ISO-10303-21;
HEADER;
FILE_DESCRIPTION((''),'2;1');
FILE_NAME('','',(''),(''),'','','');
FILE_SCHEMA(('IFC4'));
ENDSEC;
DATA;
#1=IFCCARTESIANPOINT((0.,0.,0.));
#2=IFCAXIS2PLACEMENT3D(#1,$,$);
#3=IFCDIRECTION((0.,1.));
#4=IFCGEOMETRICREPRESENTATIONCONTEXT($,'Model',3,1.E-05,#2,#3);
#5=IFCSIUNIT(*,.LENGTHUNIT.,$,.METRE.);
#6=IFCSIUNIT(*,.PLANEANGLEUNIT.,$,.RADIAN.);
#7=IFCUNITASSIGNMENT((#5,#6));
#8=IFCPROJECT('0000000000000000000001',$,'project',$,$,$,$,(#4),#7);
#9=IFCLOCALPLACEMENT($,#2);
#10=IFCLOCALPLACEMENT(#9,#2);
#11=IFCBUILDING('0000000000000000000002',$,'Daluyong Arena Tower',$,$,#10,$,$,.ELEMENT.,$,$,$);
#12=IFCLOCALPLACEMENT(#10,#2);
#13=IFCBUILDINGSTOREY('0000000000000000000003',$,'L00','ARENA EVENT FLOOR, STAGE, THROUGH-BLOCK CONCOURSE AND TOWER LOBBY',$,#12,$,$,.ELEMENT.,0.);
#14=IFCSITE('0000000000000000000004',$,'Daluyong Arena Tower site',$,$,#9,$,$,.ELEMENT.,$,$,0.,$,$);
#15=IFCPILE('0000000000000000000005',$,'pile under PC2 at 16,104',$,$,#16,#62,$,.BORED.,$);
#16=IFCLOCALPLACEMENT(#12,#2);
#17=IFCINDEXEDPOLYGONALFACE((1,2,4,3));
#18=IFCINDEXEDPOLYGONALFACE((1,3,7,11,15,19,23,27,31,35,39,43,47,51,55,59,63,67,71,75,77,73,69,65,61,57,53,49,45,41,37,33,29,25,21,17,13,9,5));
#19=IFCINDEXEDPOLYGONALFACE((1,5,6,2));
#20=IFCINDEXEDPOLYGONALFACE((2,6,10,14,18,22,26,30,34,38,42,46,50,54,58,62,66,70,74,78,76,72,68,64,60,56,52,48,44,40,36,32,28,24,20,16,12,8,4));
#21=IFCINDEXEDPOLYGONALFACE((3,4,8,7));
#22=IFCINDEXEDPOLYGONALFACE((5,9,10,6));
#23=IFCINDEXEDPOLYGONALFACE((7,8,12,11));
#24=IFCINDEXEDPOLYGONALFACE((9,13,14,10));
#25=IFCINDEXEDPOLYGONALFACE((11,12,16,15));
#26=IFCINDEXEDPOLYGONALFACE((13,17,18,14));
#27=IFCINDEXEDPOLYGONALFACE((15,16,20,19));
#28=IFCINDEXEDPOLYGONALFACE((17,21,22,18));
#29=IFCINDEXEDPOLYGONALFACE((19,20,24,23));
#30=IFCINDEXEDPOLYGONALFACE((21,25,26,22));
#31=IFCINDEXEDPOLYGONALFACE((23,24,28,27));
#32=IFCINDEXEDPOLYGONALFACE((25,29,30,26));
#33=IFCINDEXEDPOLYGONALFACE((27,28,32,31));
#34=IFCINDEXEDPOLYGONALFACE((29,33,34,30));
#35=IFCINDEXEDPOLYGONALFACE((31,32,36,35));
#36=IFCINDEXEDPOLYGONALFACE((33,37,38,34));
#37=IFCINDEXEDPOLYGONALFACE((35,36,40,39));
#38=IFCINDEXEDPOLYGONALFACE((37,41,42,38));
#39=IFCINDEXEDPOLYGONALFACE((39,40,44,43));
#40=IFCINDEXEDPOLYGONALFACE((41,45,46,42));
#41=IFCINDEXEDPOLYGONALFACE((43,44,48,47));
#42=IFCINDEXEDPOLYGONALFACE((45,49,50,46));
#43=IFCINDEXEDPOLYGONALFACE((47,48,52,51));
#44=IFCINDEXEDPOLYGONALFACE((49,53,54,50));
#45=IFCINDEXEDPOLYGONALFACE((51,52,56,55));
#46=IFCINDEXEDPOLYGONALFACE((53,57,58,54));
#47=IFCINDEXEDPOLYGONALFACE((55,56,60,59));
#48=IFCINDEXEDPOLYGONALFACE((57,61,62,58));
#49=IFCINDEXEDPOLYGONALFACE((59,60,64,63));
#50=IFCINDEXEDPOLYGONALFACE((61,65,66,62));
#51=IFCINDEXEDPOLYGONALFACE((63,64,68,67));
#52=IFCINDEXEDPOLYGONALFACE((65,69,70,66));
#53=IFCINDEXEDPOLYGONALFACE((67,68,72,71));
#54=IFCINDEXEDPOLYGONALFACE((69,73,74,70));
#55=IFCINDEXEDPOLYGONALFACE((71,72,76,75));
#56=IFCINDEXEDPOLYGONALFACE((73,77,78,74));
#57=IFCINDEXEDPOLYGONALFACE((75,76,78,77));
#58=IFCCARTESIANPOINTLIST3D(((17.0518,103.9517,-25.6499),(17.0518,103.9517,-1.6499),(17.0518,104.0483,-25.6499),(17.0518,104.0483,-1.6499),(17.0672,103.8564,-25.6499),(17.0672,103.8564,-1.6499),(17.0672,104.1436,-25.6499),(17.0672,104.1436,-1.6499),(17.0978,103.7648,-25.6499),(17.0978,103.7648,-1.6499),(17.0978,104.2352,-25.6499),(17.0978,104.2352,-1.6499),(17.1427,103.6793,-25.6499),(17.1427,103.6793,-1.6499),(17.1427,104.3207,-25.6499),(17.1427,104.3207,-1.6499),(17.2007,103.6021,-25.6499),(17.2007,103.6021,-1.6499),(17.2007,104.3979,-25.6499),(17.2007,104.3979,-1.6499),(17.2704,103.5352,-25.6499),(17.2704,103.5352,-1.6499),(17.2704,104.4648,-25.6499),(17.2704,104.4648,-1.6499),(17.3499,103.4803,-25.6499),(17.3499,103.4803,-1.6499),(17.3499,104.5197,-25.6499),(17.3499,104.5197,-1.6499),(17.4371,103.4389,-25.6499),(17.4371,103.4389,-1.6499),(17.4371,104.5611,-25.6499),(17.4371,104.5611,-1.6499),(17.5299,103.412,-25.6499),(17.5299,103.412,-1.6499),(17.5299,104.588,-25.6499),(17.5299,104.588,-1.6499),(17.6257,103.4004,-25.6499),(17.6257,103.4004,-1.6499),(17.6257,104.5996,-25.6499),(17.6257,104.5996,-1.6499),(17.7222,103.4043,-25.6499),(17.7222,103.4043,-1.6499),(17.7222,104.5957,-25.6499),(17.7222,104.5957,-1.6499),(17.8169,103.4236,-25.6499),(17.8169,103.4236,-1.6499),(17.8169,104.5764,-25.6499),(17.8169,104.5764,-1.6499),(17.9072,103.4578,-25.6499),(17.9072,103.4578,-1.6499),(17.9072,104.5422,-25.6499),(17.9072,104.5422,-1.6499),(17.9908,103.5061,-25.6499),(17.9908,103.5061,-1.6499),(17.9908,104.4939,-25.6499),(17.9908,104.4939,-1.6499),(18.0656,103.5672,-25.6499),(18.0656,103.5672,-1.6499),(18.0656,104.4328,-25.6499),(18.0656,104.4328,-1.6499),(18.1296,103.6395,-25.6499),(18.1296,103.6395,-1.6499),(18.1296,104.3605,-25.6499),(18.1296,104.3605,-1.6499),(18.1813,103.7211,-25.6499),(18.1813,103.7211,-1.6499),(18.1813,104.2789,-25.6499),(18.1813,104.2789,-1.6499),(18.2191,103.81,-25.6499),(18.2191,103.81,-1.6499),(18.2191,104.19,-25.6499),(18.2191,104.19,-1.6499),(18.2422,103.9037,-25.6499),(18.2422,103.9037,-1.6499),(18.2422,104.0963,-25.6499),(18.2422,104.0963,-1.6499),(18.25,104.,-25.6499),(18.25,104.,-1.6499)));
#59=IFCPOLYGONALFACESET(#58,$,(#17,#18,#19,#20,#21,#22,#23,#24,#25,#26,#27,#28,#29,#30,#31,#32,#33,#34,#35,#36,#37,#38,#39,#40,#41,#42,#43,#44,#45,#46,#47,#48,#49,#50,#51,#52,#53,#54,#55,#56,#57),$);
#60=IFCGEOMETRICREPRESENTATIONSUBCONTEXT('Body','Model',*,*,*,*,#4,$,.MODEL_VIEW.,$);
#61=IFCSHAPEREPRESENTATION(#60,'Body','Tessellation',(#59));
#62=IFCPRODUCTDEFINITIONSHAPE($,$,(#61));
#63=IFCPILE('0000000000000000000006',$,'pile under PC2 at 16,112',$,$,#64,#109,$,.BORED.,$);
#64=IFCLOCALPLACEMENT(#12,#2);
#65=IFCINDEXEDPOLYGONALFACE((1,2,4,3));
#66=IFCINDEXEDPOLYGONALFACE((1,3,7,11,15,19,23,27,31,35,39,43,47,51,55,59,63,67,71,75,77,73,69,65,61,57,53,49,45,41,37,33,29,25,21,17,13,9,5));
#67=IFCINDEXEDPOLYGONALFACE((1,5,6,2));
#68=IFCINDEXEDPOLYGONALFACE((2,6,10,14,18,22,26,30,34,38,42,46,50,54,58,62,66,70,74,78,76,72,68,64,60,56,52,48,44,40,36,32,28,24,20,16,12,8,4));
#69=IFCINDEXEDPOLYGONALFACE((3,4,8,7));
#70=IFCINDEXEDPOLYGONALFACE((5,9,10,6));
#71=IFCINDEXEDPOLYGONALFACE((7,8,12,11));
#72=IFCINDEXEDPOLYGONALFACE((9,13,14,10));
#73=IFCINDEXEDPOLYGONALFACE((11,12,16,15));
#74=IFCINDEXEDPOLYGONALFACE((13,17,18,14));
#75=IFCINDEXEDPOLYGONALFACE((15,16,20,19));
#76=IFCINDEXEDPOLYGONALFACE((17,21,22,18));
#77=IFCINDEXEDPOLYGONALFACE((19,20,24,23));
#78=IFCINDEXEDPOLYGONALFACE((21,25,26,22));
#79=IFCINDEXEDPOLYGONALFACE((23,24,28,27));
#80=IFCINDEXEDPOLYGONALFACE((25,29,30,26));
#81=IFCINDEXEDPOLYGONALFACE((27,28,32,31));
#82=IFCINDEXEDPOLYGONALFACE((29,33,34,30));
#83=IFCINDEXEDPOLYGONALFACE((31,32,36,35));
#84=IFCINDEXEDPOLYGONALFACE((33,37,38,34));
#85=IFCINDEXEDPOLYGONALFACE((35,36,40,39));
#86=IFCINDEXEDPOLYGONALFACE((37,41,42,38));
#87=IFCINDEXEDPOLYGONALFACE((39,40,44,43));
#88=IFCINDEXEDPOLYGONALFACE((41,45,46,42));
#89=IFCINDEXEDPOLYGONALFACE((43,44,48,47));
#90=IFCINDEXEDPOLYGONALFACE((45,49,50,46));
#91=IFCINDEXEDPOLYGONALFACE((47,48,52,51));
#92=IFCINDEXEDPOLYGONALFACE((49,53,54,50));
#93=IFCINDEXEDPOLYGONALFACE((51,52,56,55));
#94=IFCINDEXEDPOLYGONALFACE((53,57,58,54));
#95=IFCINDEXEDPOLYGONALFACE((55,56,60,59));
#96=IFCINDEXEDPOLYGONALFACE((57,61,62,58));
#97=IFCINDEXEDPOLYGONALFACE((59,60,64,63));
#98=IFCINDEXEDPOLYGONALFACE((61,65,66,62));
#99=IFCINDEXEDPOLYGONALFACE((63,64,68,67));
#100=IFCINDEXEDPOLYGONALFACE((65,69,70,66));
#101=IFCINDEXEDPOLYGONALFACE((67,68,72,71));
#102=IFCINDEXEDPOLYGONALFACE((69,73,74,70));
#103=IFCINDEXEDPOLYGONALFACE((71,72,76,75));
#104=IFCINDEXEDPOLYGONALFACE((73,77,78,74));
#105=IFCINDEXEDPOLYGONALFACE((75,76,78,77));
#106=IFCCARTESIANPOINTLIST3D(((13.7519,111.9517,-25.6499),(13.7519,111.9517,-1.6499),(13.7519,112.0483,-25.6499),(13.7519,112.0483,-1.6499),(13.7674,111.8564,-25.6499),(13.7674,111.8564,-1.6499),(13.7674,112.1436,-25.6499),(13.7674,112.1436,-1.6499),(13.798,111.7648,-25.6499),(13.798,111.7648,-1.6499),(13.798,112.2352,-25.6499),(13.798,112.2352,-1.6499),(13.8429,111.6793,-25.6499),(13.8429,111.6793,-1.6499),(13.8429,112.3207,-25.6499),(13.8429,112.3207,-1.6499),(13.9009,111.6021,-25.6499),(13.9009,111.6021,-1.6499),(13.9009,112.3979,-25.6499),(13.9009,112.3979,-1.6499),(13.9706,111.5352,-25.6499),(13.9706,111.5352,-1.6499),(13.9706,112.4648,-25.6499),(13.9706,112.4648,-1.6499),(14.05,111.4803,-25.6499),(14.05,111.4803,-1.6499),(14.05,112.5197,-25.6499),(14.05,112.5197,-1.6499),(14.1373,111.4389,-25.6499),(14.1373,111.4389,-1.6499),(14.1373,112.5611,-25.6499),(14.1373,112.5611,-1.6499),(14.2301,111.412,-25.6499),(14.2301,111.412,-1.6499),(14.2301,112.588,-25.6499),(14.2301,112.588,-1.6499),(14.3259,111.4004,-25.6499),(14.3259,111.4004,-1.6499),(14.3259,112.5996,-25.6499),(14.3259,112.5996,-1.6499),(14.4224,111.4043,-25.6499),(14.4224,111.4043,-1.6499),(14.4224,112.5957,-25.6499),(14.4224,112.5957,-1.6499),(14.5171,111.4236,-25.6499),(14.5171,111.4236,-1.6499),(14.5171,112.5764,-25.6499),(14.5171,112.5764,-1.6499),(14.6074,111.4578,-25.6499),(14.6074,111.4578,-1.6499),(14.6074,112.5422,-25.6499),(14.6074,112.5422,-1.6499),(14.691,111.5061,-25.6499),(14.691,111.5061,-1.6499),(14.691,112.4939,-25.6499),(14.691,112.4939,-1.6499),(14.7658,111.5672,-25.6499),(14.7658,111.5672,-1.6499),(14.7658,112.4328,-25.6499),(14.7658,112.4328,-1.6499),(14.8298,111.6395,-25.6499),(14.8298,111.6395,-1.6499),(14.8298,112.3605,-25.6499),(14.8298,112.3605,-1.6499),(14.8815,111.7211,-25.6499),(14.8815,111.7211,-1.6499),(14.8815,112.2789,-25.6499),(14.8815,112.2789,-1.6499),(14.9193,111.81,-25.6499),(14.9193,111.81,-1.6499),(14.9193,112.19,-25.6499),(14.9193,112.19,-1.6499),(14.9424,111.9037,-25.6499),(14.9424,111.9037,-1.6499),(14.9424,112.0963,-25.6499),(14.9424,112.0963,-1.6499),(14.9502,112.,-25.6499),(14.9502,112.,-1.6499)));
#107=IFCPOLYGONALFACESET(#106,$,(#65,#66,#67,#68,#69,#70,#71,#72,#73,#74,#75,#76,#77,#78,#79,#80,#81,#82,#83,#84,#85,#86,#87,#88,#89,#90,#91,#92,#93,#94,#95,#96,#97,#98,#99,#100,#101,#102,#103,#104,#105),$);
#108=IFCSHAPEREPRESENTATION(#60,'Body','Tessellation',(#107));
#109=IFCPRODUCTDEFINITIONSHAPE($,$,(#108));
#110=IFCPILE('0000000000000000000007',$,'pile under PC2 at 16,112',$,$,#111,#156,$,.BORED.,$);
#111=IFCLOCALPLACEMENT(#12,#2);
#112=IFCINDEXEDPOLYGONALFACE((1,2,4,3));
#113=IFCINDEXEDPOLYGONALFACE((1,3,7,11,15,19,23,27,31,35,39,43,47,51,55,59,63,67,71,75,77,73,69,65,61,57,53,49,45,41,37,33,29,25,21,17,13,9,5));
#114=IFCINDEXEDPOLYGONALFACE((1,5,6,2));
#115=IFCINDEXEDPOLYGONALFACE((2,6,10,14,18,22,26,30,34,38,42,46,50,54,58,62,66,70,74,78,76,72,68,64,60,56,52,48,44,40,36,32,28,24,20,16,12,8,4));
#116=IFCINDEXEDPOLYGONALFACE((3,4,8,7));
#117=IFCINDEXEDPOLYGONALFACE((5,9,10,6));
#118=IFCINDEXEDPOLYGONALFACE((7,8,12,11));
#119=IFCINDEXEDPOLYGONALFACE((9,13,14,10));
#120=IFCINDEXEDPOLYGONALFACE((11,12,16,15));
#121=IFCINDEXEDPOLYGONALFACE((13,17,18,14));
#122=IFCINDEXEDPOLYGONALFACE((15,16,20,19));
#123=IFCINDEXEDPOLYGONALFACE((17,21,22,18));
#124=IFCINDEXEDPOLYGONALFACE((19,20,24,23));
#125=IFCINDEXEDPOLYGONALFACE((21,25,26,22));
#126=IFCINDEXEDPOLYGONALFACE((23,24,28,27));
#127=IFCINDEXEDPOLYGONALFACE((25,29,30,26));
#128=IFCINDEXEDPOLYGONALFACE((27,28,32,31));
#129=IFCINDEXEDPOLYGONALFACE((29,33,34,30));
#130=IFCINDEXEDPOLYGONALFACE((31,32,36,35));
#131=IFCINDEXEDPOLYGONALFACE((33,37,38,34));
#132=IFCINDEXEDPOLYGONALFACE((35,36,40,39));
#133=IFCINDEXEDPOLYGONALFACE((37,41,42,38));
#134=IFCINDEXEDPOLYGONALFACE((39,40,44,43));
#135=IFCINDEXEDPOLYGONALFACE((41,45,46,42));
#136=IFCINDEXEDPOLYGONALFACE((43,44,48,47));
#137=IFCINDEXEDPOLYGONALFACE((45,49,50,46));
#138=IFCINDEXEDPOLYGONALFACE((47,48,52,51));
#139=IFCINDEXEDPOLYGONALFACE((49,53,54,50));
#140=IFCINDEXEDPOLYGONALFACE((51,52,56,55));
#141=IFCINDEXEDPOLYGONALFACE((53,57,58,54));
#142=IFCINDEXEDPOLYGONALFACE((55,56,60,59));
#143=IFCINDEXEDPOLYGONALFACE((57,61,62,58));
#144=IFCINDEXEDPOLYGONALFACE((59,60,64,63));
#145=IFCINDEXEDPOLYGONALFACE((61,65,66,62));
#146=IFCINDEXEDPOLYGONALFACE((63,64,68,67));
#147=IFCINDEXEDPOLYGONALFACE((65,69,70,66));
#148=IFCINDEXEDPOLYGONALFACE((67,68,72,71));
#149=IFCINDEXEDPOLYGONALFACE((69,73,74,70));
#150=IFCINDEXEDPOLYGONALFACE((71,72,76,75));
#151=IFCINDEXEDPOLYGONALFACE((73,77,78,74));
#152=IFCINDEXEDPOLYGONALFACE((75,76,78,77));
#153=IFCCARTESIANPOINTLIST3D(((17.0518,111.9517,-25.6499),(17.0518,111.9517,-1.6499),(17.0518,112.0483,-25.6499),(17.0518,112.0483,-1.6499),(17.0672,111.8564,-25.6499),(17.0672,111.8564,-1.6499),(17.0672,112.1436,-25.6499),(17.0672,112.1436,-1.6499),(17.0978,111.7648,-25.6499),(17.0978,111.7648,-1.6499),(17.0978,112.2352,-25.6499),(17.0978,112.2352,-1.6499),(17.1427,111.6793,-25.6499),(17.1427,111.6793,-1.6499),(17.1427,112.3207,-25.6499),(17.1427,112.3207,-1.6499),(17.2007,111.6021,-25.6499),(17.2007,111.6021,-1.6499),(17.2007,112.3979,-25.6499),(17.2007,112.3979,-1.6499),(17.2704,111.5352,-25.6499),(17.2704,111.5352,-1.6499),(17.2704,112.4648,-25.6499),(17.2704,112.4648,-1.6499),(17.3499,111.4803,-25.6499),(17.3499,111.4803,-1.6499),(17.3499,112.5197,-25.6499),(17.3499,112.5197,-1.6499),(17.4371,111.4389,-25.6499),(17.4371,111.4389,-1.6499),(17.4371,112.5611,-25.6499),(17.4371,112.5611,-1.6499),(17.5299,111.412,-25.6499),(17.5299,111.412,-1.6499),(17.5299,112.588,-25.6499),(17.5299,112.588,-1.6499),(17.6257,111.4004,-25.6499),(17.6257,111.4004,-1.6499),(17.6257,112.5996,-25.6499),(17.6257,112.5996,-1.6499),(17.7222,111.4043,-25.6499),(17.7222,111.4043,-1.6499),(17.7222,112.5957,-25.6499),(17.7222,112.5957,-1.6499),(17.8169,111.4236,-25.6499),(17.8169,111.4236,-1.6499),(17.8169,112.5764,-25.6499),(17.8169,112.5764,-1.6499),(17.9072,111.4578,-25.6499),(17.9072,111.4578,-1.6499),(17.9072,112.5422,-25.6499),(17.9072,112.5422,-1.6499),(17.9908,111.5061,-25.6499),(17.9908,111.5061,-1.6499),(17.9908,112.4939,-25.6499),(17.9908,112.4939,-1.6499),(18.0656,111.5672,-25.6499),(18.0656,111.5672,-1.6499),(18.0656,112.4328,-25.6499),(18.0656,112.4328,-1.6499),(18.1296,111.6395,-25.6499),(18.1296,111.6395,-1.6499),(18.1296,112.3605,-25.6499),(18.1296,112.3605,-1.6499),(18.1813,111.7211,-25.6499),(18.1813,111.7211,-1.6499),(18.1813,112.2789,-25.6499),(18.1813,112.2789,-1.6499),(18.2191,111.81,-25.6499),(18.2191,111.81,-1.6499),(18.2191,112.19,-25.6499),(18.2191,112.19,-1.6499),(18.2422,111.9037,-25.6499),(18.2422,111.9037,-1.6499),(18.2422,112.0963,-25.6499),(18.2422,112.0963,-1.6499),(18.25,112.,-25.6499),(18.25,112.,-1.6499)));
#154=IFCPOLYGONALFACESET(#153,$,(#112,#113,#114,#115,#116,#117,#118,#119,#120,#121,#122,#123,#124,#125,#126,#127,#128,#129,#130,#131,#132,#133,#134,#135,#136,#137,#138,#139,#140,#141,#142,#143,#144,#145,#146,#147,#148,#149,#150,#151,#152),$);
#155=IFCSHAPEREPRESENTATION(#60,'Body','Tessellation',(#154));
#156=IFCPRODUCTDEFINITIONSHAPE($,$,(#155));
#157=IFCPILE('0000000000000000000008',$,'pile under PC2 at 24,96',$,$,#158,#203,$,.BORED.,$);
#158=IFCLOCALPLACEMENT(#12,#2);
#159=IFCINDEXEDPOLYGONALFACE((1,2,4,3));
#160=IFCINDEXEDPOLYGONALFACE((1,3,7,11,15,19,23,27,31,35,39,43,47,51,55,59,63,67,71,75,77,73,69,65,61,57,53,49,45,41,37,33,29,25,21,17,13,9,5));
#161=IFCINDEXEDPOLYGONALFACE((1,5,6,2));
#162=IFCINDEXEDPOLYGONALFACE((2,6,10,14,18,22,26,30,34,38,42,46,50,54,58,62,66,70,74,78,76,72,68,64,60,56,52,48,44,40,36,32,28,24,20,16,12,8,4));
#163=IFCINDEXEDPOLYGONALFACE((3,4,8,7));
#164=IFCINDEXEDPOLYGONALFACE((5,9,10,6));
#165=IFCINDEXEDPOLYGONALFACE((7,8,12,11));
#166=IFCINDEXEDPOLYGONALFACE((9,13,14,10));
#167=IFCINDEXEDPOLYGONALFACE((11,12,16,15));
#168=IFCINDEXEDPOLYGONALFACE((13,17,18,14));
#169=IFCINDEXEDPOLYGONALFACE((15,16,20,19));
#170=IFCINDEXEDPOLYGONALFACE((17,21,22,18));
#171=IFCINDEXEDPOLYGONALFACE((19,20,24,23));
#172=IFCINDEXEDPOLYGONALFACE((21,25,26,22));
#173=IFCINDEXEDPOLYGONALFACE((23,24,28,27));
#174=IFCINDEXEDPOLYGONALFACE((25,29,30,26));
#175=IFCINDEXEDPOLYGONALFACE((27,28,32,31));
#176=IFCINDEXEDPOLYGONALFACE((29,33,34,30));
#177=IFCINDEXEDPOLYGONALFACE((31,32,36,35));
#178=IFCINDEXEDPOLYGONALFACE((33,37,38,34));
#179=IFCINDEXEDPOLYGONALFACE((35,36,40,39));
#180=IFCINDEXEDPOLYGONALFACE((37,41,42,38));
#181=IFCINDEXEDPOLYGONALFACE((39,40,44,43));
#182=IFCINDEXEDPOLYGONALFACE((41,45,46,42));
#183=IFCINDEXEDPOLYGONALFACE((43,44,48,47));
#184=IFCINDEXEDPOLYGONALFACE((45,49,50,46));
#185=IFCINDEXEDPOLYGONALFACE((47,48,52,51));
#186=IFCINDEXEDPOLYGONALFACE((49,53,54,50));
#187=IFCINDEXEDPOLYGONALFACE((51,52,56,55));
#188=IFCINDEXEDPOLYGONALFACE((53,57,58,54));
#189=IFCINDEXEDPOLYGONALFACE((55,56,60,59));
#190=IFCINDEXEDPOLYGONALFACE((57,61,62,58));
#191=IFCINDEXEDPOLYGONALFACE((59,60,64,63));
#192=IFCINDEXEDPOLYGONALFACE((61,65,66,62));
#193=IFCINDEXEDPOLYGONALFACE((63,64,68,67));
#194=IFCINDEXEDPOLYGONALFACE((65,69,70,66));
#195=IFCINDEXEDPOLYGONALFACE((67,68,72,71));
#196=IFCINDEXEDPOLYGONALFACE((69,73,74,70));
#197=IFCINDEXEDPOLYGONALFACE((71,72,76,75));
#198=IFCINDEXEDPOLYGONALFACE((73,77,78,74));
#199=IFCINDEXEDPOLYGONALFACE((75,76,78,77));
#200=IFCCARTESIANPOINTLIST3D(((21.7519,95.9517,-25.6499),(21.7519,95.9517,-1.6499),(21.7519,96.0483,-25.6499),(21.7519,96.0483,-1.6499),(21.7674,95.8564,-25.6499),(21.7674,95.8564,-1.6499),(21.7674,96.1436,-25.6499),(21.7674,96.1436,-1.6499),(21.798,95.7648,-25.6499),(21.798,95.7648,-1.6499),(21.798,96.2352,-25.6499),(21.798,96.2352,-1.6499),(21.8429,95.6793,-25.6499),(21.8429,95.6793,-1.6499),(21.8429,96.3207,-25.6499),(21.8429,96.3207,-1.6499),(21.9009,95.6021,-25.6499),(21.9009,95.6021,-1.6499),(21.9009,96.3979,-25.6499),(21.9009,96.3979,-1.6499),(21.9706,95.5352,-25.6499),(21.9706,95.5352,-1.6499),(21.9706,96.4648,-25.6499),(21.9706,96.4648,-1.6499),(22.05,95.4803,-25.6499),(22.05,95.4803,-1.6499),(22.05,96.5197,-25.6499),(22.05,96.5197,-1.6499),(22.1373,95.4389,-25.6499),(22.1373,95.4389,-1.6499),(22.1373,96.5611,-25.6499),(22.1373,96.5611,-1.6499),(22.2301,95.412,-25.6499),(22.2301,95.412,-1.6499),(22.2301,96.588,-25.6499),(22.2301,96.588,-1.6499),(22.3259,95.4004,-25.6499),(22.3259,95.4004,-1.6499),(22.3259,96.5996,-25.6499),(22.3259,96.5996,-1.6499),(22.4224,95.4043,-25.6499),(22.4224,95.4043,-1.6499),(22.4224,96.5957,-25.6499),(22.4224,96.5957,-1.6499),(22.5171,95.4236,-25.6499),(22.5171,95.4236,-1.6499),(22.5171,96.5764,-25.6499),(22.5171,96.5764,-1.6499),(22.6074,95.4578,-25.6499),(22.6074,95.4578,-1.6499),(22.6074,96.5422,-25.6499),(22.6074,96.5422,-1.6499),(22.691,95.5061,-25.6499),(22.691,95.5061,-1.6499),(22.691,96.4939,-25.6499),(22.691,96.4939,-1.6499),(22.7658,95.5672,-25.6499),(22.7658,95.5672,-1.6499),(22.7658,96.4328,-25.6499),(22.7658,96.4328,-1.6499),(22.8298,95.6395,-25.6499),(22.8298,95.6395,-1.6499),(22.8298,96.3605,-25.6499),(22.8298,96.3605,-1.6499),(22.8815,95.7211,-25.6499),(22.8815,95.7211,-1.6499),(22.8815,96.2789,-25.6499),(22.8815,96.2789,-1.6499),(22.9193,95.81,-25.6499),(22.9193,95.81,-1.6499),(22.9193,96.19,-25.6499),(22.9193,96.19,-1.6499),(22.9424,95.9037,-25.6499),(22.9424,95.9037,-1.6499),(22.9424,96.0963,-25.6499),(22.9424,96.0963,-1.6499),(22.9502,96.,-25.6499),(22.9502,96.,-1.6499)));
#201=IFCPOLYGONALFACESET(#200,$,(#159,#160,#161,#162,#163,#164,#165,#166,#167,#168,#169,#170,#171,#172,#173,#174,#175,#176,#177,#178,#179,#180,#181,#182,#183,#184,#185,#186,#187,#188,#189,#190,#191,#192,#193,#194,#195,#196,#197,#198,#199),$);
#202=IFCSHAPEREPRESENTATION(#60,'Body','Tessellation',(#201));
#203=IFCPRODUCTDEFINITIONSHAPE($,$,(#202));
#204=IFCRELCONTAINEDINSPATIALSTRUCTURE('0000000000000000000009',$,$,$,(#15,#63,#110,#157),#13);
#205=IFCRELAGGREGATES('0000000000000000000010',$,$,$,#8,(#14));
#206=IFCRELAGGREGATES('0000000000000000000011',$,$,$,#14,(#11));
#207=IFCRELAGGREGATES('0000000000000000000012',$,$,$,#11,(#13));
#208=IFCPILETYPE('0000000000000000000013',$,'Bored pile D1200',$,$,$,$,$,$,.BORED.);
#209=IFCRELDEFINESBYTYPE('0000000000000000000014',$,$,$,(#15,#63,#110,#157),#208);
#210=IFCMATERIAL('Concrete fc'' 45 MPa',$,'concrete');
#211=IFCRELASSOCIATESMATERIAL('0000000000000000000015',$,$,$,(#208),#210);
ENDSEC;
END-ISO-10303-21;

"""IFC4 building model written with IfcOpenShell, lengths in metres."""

from ifc_helpers import new_model, si_unit, direction, frame, origin, origin_2d, place, context, subcontext, project, spatial, circle, extrude, material, type_object, element, save


model = new_model("IFC4")

# Units and contexts
model_context = context("Model", 3, precision=1e-05, world=origin(), true_north=direction((0.0, 1.0)))
body_context = subcontext(model_context, "Body", "Model", "MODEL_VIEW")
ifc_project = project(units=[si_unit("LENGTHUNIT", "METRE"), si_unit("PLANEANGLEUNIT", "RADIAN")], contexts=[model_context])

# Site, building, storey
site_placement = place(None, origin())
site = spatial("IfcSite", under=ifc_project, at=site_placement, Name="Daluyong Arena Tower site", CompositionType="ELEMENT", RefElevation=0.0)
building_placement = place(site_placement, origin())
building = spatial("IfcBuilding", under=site, at=building_placement, Name="Daluyong Arena Tower", CompositionType="ELEMENT")
storey_placement = place(building_placement, origin())
storey = spatial("IfcBuildingStorey", under=building, at=storey_placement, Name="L00", Description="ARENA EVENT FLOOR, STAGE, THROUGH-BLOCK CONCOURSE AND TOWER LOBBY", CompositionType="ELEMENT", Elevation=0.0)

# Piles
ifc_material_1 = material(Name="Concrete fc' 45 MPa", Category="concrete")
pile_type = type_object("IfcPileType", Name="Bored pile D1200", PredefinedType="BORED", material=ifc_material_1)
for number, where, z_axis, x_axis, name in (
    (1, (17.6499, 104.0, -1.6499), (0.0, 0.0, -1.0), (1.0, 0.0, 0.0), "pile under PC2 at 16,104"),
    (2, (14.3501, 112.0, -1.6499), (0.0, 0.0, -1.0), (1.0, 0.0, 0.0), "pile under PC2 at 16,112"),
    (3, (17.6499, 112.0, -1.6499), (0.0, 0.0, -1.0), (1.0, 0.0, 0.0), "pile under PC2 at 16,112"),
    (4, (22.3501, 96.0, -1.6499), (0.0, 0.0, -1.0), (1.0, 0.0, 0.0), "pile under PC2 at 24,96"),
):
    element("IfcPile", number, at=place(storey_placement, frame(where, z_axis=z_axis, x_axis=x_axis)), inside=storey, type_object=pile_type, Name=name, PredefinedType="BORED", context=body_context, shape_type="SweptSolid", body=[
        extrude(circle(Radius=0.6001, at=origin_2d()), origin(), (0.0, 0.0, 1.0), 24.0),
    ])

save(model, "model.ifc")
